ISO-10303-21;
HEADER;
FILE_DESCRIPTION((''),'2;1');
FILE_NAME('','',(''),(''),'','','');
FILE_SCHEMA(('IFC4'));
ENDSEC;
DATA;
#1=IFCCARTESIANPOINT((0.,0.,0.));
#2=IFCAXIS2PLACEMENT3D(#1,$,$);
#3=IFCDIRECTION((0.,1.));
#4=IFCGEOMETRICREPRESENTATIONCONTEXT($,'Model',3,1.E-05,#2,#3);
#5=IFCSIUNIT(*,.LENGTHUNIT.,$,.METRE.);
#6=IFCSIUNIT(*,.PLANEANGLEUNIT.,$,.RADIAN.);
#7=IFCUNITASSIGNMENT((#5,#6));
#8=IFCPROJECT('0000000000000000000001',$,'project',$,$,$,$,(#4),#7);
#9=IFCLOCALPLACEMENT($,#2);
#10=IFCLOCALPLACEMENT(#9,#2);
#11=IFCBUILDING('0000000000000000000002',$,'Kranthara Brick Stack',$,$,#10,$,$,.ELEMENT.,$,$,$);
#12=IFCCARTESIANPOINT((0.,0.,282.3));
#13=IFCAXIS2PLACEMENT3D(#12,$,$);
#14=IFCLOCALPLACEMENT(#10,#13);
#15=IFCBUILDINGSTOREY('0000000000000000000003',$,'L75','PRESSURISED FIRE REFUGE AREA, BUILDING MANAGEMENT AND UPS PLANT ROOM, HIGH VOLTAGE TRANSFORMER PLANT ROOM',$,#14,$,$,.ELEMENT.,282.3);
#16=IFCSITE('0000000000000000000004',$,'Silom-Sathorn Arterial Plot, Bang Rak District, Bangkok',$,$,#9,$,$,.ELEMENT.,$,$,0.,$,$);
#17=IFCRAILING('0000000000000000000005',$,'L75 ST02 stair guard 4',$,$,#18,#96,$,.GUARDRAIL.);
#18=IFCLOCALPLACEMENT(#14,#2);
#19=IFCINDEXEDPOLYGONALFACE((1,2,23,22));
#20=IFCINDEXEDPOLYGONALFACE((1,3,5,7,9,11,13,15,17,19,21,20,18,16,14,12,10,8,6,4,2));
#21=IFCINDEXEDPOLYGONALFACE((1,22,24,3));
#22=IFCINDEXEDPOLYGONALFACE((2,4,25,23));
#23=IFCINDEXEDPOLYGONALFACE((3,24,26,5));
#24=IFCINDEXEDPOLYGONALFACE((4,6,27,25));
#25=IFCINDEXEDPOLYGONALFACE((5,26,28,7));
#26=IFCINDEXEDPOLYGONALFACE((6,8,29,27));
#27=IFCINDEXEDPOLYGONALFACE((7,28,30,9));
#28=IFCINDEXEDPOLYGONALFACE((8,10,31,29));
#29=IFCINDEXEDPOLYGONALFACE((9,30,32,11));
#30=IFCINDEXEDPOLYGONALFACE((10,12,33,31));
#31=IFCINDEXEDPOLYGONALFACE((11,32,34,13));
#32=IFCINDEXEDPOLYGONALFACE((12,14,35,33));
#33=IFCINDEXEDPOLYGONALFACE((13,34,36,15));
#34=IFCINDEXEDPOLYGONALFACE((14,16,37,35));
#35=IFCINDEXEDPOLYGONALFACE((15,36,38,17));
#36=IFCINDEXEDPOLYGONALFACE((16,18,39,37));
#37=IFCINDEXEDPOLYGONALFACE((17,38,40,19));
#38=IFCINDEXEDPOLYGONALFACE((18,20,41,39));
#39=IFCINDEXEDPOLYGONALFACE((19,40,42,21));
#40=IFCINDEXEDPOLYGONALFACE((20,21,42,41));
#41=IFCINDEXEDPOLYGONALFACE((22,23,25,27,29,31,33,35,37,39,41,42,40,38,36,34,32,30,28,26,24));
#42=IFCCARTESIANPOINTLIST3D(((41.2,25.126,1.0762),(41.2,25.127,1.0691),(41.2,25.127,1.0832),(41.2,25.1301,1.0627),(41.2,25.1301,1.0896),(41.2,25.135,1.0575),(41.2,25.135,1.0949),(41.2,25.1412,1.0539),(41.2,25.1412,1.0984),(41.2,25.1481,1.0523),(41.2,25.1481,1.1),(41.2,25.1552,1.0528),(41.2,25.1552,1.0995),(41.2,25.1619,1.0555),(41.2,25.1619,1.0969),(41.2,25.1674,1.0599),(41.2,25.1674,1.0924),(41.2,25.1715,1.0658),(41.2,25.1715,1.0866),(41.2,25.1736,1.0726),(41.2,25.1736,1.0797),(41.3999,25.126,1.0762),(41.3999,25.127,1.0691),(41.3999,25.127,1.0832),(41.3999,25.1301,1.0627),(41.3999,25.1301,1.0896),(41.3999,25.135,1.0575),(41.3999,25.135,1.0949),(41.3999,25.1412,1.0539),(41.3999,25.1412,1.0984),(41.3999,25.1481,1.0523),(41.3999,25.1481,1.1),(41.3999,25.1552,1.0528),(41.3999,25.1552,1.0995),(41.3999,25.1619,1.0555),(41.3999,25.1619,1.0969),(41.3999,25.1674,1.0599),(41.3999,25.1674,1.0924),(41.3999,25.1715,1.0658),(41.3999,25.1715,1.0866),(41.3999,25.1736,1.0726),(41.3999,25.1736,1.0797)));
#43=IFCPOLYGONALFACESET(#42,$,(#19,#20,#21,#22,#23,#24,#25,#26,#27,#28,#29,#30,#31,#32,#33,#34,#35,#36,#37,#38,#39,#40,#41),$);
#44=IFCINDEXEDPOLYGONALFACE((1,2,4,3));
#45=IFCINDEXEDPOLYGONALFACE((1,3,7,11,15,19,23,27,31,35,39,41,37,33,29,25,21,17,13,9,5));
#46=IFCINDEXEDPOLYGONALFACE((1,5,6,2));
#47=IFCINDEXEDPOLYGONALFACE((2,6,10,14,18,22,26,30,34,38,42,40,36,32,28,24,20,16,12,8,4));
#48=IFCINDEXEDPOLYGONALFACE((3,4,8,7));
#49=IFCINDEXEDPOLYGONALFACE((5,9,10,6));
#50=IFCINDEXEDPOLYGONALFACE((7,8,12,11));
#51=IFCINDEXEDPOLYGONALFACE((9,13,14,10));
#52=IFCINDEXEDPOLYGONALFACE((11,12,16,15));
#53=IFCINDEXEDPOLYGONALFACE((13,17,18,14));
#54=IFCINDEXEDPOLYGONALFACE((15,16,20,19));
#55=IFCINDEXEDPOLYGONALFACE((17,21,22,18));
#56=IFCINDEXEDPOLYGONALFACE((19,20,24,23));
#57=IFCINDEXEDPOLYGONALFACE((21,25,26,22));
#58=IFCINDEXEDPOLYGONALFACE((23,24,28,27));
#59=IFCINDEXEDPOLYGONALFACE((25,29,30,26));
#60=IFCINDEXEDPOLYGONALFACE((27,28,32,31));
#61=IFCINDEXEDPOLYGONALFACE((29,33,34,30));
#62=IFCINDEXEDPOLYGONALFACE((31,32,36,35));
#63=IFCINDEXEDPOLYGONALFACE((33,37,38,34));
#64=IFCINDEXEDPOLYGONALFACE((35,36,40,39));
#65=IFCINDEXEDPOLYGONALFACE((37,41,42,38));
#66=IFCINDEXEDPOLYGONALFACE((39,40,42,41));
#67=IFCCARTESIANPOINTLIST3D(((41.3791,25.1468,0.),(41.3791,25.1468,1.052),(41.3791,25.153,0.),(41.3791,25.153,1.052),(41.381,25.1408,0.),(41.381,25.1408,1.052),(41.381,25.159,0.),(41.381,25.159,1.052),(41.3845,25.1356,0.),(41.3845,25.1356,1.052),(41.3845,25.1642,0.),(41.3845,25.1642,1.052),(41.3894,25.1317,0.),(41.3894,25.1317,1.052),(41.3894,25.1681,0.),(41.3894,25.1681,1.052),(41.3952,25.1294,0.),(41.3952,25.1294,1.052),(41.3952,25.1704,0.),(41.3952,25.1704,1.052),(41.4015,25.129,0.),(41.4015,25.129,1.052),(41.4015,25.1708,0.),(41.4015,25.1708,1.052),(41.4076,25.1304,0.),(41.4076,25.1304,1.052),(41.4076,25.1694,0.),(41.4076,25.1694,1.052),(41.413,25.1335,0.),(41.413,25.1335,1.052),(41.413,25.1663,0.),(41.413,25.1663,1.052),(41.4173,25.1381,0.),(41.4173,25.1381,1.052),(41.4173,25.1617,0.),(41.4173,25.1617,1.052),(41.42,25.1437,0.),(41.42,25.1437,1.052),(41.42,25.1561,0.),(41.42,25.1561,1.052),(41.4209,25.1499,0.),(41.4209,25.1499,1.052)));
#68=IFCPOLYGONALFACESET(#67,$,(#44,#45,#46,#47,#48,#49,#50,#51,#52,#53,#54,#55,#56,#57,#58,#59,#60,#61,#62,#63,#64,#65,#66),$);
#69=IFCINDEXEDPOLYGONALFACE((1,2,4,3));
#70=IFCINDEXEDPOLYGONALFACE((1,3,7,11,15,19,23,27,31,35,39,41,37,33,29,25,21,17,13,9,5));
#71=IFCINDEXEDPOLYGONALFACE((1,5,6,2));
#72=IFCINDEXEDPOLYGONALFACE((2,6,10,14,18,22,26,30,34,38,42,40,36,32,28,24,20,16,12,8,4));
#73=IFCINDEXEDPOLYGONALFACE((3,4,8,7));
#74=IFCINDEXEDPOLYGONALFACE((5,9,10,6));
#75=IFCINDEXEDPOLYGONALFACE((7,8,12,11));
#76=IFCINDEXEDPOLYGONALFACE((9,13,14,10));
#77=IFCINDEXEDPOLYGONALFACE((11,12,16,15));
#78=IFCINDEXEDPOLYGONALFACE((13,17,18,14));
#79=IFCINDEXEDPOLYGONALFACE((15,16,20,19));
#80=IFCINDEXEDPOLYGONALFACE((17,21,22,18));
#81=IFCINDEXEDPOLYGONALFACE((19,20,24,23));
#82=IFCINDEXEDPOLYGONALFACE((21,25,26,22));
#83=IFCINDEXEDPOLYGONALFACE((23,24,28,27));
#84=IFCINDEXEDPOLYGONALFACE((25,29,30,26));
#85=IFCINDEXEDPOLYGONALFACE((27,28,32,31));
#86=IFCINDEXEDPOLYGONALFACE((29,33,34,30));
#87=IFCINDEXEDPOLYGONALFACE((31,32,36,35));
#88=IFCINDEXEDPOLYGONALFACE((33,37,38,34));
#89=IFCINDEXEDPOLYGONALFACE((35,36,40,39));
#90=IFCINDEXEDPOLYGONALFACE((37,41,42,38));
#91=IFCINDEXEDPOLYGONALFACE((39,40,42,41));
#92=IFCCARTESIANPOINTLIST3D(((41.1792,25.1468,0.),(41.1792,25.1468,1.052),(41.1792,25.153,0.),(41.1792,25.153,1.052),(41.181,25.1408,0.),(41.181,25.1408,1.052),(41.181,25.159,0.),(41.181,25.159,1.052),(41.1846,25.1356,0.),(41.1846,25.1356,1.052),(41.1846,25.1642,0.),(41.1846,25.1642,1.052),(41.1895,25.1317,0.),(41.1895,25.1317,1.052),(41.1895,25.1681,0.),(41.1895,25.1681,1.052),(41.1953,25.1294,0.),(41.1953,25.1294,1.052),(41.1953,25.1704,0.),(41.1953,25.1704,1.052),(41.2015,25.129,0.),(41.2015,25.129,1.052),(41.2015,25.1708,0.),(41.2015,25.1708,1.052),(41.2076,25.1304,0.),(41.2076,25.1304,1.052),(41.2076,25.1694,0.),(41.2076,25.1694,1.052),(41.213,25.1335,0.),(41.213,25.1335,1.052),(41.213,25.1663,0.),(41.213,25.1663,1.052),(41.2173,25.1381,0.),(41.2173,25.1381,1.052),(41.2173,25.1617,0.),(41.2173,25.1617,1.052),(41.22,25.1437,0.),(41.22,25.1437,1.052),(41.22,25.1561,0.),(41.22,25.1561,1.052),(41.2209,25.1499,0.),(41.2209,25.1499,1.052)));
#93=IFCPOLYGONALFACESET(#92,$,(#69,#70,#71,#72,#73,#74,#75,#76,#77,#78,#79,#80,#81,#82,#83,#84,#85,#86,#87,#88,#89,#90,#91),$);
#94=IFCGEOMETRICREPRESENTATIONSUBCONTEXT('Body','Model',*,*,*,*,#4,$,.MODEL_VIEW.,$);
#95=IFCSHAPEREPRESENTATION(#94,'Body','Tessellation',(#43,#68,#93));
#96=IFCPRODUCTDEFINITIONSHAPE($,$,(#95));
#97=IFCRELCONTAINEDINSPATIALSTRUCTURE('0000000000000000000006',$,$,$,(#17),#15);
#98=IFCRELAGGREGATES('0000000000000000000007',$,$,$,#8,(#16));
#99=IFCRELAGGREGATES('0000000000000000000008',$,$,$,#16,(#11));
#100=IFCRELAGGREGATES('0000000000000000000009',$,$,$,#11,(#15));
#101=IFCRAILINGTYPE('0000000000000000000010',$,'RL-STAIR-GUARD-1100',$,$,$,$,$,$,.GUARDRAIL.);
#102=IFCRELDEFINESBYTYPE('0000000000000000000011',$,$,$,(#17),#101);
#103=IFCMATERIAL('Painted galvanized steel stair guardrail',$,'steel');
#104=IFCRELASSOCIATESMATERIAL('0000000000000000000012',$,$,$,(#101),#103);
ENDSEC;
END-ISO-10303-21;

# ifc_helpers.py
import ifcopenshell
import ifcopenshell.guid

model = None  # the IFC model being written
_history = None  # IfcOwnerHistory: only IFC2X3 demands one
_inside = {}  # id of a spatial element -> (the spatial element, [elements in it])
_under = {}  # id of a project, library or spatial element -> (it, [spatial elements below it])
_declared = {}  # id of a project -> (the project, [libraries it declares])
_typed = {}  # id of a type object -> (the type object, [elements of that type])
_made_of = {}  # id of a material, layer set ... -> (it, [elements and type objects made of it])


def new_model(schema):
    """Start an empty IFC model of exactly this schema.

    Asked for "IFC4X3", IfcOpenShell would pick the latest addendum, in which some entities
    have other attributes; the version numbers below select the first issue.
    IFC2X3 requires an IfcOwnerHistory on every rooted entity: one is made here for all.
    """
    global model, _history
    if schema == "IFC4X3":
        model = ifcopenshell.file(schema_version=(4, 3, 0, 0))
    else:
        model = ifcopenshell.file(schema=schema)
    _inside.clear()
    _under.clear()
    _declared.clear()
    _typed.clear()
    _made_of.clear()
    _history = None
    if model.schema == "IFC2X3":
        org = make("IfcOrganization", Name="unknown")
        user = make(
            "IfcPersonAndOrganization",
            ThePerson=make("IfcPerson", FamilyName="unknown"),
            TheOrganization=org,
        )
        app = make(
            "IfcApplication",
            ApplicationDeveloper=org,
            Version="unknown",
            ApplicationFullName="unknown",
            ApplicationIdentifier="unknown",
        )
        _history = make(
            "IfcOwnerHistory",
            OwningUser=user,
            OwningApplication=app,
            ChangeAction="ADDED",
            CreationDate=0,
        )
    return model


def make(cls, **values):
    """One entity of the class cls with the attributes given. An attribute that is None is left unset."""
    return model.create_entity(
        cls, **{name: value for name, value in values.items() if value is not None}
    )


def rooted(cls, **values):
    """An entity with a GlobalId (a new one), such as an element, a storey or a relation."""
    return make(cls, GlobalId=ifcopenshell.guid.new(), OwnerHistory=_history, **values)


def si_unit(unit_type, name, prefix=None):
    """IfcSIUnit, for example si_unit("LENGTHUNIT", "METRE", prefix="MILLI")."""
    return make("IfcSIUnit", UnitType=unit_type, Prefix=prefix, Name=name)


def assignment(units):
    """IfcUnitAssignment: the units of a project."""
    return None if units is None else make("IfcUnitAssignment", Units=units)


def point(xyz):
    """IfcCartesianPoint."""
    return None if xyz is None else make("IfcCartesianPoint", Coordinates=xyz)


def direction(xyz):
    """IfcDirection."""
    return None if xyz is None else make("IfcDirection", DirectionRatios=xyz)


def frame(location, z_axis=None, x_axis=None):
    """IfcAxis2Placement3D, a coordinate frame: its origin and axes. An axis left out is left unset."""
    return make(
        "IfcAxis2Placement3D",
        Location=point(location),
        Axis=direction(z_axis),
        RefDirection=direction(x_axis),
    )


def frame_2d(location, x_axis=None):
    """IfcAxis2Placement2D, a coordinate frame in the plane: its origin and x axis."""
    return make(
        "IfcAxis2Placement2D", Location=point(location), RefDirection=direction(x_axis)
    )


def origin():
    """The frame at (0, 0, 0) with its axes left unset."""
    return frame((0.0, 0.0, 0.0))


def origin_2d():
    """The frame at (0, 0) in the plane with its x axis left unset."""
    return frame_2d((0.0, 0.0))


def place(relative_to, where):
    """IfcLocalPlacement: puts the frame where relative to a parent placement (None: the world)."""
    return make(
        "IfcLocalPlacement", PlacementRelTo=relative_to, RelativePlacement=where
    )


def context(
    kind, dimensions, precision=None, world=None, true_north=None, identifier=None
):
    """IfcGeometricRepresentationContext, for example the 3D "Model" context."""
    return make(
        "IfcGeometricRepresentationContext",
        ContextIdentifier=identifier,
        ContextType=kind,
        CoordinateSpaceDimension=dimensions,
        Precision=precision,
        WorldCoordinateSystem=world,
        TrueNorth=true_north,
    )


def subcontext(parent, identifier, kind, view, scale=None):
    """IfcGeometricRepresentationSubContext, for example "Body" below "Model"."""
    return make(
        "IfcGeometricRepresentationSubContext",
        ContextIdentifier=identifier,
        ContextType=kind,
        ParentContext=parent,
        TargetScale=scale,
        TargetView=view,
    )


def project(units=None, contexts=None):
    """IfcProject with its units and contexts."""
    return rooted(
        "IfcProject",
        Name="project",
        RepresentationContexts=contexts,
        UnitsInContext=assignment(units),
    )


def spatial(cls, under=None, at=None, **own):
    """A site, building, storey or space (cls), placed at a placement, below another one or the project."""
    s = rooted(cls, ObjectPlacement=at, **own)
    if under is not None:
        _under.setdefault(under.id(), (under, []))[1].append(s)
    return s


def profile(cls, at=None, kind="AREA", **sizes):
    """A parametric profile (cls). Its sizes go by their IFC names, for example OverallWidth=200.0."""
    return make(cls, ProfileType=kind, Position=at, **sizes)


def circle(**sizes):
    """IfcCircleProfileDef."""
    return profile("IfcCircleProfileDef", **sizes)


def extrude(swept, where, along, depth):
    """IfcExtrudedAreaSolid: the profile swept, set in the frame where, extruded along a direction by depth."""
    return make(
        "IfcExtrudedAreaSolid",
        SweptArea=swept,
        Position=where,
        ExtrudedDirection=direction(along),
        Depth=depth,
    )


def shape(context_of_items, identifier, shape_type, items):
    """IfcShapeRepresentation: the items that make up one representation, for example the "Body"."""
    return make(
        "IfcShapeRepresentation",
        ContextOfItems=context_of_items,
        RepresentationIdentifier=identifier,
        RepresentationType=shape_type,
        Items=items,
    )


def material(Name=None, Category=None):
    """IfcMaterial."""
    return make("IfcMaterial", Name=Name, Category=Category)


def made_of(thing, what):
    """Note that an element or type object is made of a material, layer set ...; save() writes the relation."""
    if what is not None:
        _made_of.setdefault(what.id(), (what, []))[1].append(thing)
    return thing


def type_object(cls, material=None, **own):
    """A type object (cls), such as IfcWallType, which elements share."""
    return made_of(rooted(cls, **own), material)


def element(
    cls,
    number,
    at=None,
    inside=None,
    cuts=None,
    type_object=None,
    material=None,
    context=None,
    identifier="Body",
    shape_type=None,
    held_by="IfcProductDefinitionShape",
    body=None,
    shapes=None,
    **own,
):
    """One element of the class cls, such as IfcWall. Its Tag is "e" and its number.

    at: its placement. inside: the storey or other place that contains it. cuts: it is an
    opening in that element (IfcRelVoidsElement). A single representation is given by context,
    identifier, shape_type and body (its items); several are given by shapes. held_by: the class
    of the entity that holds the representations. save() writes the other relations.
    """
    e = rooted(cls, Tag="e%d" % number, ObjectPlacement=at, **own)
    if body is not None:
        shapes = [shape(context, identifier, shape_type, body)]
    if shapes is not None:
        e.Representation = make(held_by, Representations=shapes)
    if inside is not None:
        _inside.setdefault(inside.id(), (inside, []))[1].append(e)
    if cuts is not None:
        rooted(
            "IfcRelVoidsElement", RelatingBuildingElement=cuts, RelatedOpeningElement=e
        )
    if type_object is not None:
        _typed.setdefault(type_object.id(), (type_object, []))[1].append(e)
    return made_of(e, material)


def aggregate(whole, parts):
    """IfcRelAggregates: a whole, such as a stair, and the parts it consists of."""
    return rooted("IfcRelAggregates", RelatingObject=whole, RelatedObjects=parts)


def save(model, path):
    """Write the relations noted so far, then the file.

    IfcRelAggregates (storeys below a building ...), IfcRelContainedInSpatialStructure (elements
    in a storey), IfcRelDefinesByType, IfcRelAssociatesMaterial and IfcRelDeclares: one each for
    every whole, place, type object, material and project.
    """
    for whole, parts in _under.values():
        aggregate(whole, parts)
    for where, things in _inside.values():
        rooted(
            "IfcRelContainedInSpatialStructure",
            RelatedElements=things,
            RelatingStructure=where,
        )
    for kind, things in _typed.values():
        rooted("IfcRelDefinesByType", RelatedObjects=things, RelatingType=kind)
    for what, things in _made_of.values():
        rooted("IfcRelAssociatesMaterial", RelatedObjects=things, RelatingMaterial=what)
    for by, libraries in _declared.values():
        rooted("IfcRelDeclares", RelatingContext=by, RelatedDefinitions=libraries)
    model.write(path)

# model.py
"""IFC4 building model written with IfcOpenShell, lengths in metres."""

from ifc_helpers import new_model, si_unit, direction, frame, origin, origin_2d, place, context, subcontext, project, spatial, circle, extrude, material, type_object, element, save


model = new_model("IFC4")

# Units and contexts
model_context = context("Model", 3, precision=1e-05, world=origin(), true_north=direction((0.0, 1.0)))
body_context = subcontext(model_context, "Body", "Model", "MODEL_VIEW")
ifc_project = project(units=[si_unit("LENGTHUNIT", "METRE"), si_unit("PLANEANGLEUNIT", "RADIAN")], contexts=[model_context])

# Site, building, storey
site_placement = place(None, origin())
site = spatial("IfcSite", under=ifc_project, at=site_placement, Name="Silom-Sathorn Arterial Plot, Bang Rak District, Bangkok", CompositionType="ELEMENT", RefElevation=0.0)
building_placement = place(site_placement, origin())
building = spatial("IfcBuilding", under=site, at=building_placement, Name="Kranthara Brick Stack", CompositionType="ELEMENT")
storey_placement = place(building_placement, frame((0.0, 0.0, 282.3)))
storey = spatial("IfcBuildingStorey", under=building, at=storey_placement, Name="L75", Description="PRESSURISED FIRE REFUGE AREA, BUILDING MANAGEMENT AND UPS PLANT ROOM, HIGH VOLTAGE TRANSFORMER PLANT ROOM", CompositionType="ELEMENT", Elevation=282.3)

# Railing
ifc_material_1 = material(Name="Painted galvanized steel stair guardrail", Category="steel")
railing_type_1 = type_object("IfcRailingType", Name="RL-STAIR-GUARD-1100", PredefinedType="GUARDRAIL", material=ifc_material_1)
railing_1_placement = place(storey_placement, frame((41.3999, 25.1499, 0.0)))
element("IfcRailing", 1, at=railing_1_placement, inside=storey, type_object=railing_type_1, Name="L75 ST02 stair guard 4", PredefinedType="GUARDRAIL", context=body_context, shape_type="SweptSolid", body=[
    extrude(circle(Radius=0.0239, at=origin_2d()), frame((0.0, 0.0, 1.0762), z_axis=(-1.0, 0.0, 0.0), x_axis=(0.0, -1.0, 0.0)), (0.0, 0.0, 1.0), 0.2),
    extrude(circle(Radius=0.021, at=origin_2d()), origin(), (0.0, 0.0, 1.0), 1.052),
    extrude(circle(Radius=0.021, at=origin_2d()), frame((-0.2, 0.0, 0.0)), (0.0, 0.0, 1.0), 1.052),
])

save(model, "model.ifc")
